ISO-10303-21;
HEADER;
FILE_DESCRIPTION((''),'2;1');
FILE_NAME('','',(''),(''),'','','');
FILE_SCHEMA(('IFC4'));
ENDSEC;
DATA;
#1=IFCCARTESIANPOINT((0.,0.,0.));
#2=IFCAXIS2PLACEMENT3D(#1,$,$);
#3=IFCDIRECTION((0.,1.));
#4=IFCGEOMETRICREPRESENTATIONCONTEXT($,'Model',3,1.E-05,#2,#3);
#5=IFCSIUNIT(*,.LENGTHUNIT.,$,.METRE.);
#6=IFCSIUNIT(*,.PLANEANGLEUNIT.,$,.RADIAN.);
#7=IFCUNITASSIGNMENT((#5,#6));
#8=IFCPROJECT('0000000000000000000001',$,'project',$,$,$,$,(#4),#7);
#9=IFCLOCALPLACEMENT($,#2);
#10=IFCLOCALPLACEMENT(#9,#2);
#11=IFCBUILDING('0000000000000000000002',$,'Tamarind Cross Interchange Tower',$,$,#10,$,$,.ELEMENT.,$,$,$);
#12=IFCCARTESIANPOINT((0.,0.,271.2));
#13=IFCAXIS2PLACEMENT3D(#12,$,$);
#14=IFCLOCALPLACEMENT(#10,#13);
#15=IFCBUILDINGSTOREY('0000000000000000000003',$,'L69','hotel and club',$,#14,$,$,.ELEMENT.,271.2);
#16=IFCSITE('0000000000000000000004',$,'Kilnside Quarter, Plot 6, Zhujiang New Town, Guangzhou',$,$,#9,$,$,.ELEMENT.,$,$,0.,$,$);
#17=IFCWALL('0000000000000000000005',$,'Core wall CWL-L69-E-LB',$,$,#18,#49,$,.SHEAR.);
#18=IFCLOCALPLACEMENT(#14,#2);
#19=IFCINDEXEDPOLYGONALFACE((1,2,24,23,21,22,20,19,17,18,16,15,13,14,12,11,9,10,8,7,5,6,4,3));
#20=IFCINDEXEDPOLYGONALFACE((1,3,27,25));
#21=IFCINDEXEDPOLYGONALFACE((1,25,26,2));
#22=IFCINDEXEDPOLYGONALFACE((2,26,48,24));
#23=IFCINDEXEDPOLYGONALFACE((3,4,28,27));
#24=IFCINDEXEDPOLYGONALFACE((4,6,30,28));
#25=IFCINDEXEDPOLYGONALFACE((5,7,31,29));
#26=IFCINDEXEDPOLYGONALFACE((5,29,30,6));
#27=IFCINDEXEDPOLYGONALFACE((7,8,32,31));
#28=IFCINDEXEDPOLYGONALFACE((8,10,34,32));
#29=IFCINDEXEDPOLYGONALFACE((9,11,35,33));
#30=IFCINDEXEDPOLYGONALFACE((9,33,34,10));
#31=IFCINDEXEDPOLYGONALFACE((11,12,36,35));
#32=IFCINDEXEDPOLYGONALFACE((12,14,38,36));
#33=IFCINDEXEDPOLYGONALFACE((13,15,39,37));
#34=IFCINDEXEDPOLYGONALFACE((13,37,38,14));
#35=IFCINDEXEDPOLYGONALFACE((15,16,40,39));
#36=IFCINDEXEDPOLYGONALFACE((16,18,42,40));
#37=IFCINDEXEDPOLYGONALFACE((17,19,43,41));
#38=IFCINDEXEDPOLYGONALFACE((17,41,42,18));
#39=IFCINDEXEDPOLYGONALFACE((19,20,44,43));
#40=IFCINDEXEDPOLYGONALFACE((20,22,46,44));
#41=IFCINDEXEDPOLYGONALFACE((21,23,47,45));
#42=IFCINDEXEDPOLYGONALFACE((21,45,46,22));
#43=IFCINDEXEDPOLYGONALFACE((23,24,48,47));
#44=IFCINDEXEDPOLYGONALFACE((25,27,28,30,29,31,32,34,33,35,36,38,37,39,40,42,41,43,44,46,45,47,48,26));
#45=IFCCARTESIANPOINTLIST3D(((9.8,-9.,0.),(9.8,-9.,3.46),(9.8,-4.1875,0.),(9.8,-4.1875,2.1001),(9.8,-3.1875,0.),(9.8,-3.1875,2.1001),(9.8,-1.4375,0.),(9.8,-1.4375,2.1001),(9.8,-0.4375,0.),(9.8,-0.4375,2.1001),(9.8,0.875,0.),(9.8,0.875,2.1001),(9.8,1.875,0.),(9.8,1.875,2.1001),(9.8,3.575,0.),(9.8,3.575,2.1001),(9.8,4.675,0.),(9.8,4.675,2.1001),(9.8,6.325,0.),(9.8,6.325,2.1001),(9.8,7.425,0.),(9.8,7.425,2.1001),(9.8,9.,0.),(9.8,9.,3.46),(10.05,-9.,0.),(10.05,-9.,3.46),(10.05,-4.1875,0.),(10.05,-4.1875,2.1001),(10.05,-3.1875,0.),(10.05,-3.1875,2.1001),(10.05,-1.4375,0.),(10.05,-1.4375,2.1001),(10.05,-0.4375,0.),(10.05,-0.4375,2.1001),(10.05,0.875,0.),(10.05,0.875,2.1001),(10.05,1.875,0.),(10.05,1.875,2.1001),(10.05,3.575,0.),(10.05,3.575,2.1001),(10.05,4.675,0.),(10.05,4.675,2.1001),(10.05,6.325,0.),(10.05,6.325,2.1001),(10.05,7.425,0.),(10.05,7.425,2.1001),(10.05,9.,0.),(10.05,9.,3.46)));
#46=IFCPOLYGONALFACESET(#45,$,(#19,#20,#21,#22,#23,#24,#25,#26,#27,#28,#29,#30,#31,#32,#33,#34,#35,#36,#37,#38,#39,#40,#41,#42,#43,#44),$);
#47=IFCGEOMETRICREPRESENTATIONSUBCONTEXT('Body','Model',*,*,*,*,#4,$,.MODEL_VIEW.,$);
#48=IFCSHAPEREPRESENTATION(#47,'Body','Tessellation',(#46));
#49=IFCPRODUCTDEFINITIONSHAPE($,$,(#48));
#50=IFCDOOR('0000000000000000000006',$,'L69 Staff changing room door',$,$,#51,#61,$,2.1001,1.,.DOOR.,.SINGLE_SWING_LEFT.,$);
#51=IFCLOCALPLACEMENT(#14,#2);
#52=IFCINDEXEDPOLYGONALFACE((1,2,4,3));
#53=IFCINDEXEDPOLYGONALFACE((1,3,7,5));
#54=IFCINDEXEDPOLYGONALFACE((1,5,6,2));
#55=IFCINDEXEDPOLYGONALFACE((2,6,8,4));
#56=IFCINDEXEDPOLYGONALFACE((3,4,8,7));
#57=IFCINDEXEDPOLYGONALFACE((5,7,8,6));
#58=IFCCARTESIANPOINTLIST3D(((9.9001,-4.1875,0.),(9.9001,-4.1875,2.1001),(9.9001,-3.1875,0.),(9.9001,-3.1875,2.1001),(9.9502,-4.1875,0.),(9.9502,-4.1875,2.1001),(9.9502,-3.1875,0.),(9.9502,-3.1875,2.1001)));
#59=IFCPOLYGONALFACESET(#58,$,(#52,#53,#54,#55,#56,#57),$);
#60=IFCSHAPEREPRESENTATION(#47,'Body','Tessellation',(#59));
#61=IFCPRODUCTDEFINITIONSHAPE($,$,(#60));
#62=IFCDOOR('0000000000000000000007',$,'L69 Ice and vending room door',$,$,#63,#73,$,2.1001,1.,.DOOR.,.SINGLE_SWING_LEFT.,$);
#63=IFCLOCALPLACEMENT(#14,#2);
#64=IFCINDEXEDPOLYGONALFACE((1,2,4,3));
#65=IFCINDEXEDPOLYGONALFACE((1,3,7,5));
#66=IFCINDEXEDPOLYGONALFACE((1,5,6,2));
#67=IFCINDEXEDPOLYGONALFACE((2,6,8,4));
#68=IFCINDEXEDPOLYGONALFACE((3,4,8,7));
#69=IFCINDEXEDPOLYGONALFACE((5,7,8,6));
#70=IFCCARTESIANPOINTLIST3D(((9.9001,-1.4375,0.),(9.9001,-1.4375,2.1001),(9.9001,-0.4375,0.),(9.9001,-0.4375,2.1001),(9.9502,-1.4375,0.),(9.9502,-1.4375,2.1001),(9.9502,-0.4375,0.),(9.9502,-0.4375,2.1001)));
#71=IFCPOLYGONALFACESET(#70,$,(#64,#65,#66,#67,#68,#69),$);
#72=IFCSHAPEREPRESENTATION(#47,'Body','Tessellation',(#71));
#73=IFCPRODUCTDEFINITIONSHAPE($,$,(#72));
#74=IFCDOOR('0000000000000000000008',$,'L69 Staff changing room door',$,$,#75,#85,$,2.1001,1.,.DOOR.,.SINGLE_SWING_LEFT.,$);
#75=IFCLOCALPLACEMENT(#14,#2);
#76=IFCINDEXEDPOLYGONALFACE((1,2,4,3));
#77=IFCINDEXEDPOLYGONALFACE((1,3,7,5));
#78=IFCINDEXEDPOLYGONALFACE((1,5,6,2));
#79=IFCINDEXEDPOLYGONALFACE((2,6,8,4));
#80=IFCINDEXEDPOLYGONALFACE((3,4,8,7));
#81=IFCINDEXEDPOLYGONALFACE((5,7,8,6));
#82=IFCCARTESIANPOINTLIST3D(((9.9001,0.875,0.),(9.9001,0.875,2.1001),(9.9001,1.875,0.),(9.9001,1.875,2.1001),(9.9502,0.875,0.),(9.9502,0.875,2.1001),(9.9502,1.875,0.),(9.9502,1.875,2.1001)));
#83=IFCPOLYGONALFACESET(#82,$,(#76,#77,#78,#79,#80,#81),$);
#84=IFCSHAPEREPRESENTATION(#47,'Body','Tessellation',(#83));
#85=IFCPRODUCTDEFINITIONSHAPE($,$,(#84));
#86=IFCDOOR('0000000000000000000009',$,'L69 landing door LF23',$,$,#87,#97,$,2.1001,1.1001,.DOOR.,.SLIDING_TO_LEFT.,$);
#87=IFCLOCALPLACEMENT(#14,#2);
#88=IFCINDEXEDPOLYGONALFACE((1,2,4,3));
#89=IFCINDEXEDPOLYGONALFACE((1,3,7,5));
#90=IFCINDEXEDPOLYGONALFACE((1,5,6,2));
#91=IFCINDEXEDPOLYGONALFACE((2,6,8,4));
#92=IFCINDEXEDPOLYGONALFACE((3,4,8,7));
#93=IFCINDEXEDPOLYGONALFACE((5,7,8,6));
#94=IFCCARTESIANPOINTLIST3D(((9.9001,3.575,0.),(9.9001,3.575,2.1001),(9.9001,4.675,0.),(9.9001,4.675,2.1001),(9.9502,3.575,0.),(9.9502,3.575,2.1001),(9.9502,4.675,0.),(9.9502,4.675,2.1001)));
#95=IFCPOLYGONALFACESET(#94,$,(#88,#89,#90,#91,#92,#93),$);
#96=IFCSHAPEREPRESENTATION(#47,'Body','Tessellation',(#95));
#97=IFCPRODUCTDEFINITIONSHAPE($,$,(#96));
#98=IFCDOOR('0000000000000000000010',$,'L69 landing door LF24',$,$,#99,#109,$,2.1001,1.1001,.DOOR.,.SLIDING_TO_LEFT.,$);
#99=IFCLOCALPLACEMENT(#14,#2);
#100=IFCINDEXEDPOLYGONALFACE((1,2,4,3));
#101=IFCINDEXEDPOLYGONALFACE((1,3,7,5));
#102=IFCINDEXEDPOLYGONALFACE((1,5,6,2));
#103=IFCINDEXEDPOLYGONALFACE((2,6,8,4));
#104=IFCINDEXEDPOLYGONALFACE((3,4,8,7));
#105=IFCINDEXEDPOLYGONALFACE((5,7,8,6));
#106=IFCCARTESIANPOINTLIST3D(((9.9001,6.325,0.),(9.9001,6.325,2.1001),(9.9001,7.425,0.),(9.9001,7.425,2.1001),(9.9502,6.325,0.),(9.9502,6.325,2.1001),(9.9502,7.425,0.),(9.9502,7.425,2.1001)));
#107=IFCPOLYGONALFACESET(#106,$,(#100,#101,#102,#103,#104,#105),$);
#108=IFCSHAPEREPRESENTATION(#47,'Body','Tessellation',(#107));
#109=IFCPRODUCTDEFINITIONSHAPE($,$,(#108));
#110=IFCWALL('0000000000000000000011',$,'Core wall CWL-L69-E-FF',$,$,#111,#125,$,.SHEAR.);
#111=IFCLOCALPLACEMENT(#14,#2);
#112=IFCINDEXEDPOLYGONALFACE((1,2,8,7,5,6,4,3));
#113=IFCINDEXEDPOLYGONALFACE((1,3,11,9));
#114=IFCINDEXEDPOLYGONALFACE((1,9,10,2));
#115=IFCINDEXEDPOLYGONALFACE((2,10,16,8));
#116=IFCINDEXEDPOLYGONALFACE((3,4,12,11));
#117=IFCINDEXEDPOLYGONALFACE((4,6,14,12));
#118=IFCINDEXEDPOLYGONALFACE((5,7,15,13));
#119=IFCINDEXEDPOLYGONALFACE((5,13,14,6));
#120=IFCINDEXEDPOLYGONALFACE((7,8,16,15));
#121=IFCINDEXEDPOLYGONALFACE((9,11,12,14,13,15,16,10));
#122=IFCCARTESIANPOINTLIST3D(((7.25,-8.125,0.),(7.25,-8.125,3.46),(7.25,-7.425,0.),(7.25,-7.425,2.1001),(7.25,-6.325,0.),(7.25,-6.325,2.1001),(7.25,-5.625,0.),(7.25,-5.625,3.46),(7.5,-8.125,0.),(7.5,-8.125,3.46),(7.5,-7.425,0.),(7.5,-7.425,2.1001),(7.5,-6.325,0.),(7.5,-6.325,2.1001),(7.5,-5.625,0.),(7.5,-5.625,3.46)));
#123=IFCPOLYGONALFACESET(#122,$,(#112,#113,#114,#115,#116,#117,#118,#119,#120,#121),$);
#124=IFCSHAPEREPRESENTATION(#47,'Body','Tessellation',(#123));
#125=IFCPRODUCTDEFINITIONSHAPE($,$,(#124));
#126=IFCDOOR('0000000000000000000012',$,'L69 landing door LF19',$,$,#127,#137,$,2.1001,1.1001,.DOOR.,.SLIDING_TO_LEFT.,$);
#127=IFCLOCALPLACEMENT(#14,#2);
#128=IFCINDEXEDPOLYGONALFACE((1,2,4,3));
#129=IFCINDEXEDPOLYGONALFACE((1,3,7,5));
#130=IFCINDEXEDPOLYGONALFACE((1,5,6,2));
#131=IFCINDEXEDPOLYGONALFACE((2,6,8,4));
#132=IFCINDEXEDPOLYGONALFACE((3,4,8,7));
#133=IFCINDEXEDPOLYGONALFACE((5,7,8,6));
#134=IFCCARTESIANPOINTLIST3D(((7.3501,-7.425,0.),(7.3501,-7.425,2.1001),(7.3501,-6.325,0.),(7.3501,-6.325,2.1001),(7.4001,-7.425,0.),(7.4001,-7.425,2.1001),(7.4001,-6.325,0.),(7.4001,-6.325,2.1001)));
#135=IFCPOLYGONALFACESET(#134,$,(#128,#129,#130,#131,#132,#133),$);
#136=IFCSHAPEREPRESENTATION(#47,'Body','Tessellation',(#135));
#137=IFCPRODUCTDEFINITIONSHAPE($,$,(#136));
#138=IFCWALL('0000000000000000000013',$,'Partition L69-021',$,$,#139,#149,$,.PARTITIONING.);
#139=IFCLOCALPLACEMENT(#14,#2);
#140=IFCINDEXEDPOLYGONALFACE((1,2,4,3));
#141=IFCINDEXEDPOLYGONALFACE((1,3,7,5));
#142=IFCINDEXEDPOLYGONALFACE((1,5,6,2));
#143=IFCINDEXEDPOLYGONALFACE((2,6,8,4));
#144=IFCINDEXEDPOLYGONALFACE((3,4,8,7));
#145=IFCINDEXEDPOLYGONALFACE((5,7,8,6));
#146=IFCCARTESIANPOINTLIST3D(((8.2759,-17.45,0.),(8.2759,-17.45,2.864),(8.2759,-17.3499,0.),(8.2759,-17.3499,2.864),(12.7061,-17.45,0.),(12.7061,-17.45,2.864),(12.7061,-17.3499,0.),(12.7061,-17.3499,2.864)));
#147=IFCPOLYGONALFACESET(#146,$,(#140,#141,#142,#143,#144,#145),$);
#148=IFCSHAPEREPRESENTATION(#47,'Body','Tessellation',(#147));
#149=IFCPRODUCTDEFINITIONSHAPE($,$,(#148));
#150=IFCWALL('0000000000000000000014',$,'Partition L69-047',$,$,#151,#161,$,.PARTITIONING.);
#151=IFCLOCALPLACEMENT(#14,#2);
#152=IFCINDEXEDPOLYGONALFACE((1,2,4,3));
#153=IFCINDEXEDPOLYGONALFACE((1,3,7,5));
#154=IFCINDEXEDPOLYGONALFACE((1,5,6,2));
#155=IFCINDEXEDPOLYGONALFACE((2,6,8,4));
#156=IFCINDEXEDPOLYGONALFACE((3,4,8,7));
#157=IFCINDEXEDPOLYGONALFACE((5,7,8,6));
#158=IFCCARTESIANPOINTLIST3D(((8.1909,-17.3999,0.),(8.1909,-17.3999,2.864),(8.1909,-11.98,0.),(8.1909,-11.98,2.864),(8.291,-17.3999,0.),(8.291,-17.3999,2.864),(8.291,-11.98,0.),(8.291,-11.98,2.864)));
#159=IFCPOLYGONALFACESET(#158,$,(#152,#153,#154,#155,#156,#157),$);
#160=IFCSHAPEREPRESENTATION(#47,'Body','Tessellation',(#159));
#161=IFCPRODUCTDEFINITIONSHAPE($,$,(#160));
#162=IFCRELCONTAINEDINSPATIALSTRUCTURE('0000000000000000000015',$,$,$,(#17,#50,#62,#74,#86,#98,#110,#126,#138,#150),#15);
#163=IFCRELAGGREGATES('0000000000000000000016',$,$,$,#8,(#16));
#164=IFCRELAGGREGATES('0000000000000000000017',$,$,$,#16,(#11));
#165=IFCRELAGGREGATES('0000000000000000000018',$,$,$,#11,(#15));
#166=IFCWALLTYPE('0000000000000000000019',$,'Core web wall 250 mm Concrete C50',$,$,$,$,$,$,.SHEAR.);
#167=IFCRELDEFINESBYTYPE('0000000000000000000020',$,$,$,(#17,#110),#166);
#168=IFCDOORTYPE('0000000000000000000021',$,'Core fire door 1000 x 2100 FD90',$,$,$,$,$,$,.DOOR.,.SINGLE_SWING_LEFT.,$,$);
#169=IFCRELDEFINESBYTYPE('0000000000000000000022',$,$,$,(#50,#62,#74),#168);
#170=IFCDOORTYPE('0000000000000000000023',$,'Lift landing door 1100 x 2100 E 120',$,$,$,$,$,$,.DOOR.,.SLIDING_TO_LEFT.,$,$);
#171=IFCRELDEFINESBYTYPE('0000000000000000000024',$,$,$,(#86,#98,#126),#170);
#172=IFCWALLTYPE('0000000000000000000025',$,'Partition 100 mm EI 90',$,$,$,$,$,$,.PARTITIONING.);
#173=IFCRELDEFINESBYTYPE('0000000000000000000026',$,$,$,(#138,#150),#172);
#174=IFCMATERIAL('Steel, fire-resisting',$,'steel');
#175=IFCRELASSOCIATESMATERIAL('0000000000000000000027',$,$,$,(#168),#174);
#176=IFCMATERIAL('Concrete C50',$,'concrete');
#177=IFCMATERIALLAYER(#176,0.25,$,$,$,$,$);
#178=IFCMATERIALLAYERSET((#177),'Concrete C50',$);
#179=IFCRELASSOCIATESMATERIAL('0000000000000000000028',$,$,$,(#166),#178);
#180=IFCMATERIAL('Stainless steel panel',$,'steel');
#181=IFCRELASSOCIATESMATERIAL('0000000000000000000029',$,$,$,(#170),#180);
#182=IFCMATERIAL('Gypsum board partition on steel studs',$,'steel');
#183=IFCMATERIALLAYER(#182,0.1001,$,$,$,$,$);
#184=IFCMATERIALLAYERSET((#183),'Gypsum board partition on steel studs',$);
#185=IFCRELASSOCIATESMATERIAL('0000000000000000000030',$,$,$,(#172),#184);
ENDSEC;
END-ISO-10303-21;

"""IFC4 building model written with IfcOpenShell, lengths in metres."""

from ifc_helpers import new_model, si_unit, direction, frame, frame_2d, origin, place, context, subcontext, project, spatial, rectangle, extrude, material, layer, layer_set, type_object, element, fill, save


model = new_model("IFC4")

# Units and contexts
model_context = context("Model", 3, precision=1e-05, world=origin(), true_north=direction((0.0, 1.0)))
body_context = subcontext(model_context, "Body", "Model", "MODEL_VIEW")
ifc_project = project(units=[si_unit("LENGTHUNIT", "METRE"), si_unit("PLANEANGLEUNIT", "RADIAN")], contexts=[model_context])

# Site, building, storey
site_placement = place(None, origin())
site = spatial("IfcSite", under=ifc_project, at=site_placement, Name="Kilnside Quarter, Plot 6, Zhujiang New Town, Guangzhou", CompositionType="ELEMENT", RefElevation=0.0)
building_placement = place(site_placement, origin())
building = spatial("IfcBuilding", under=site, at=building_placement, Name="Tamarind Cross Interchange Tower", CompositionType="ELEMENT")
storey_placement = place(building_placement, frame((0.0, 0.0, 271.2)))
storey = spatial("IfcBuildingStorey", under=building, at=storey_placement, Name="L69", Description="hotel and club", CompositionType="ELEMENT", Elevation=271.2)

# Shared definitions
ifc_material_1 = material(Name="Concrete C50", Category="concrete")
ifc_material_2 = material(Name="Steel, fire-resisting", Category="steel")
door_type_1 = type_object("IfcDoorType", Name="Core fire door 1000 x 2100 FD90", OperationType="SINGLE_SWING_LEFT", PredefinedType="DOOR", material=ifc_material_2)

# Shared definitions
ifc_layer_1 = layer(ifc_material_1, 0.25)
ifc_layer_set_1 = layer_set([ifc_layer_1], Name="Concrete C50")
wall_type_1 = type_object("IfcWallType", Name="Core web wall 250 mm Concrete C50", PredefinedType="SHEAR", material=ifc_layer_set_1)

# Wall, openings, doors
wall_1_placement = place(storey_placement, frame((9.925, -9.0, 0.0), z_axis=(0.0, 0.0, 1.0), x_axis=(0.0, 1.0, 0.0)))
wall_1 = element("IfcWall", 1, at=wall_1_placement, inside=storey, type_object=wall_type_1, Name="Core wall CWL-L69-E-LB", PredefinedType="SHEAR", context=body_context, shape_type="SweptSolid", body=[
    extrude(rectangle(XDim=18.0, YDim=0.25, at=frame_2d((9.0, 0.0))), origin(), (0.0, 0.0, 1.0), 3.46),
])
opening_1_placement = place(wall_1_placement, frame((12.575, 0.0, 0.0)))
opening_1 = element("IfcOpeningElement", 2, at=opening_1_placement, cuts=wall_1, PredefinedType="OPENING", context=body_context, shape_type="SweptSolid", body=[
    extrude(rectangle(XDim=1.1001, YDim=2.1001, at=frame_2d((0.55, 1.05))), frame((0.0, 0.135, 0.0), z_axis=(0.0, -1.0, 0.0), x_axis=(1.0, 0.0, 0.0)), (0.0, 0.0, 1.0), 0.27),
])
opening_2_placement = place(wall_1_placement, frame((15.325, 0.0, 0.0)))
opening_2 = element("IfcOpeningElement", 3, at=opening_2_placement, cuts=wall_1, PredefinedType="OPENING", context=body_context, shape_type="SweptSolid", body=[
    extrude(rectangle(XDim=1.1001, YDim=2.1001, at=frame_2d((0.55, 1.05))), frame((0.0, 0.135, 0.0), z_axis=(0.0, -1.0, 0.0), x_axis=(1.0, 0.0, 0.0)), (0.0, 0.0, 1.0), 0.27),
])
opening_3_placement = place(wall_1_placement, frame((4.8125, 0.0, 0.0)))
opening_3 = element("IfcOpeningElement", 4, at=opening_3_placement, cuts=wall_1, PredefinedType="OPENING", context=body_context, shape_type="SweptSolid", body=[
    extrude(rectangle(XDim=1.0, YDim=2.1001, at=frame_2d((0.5, 1.05))), frame((0.0, 0.135, 0.0), z_axis=(0.0, -1.0, 0.0), x_axis=(1.0, 0.0, 0.0)), (0.0, 0.0, 1.0), 0.27),
])
opening_4_placement = place(wall_1_placement, frame((7.5625, 0.0, 0.0)))
opening_4 = element("IfcOpeningElement", 5, at=opening_4_placement, cuts=wall_1, PredefinedType="OPENING", context=body_context, shape_type="SweptSolid", body=[
    extrude(rectangle(XDim=1.0, YDim=2.1001, at=frame_2d((0.5, 1.05))), frame((0.0, 0.135, 0.0), z_axis=(0.0, -1.0, 0.0), x_axis=(1.0, 0.0, 0.0)), (0.0, 0.0, 1.0), 0.27),
])
opening_5_placement = place(wall_1_placement, frame((9.875, 0.0, 0.0)))
opening_5 = element("IfcOpeningElement", 6, at=opening_5_placement, cuts=wall_1, PredefinedType="OPENING", context=body_context, shape_type="SweptSolid", body=[
    extrude(rectangle(XDim=1.0, YDim=2.1001, at=frame_2d((0.5, 1.05))), frame((0.0, 0.135, 0.0), z_axis=(0.0, -1.0, 0.0), x_axis=(1.0, 0.0, 0.0)), (0.0, 0.0, 1.0), 0.27),
])
door_1_placement = place(opening_3_placement, origin())
door_1 = element("IfcDoor", 7, at=door_1_placement, inside=storey, type_object=door_type_1, Name="L69 Staff changing room door", OperationType="SINGLE_SWING_LEFT", OverallHeight=2.1001, OverallWidth=1.0, PredefinedType="DOOR", context=body_context, shape_type="SweptSolid", body=[
    extrude(rectangle(XDim=1.0, YDim=2.1001, at=frame_2d((0.5, 1.05))), frame((0.0, 0.0249, 0.0), z_axis=(0.0, -1.0, 0.0), x_axis=(1.0, 0.0, 0.0)), (0.0, 0.0, 1.0), 0.05),
])
fill(opening_3, door_1)
door_2_placement = place(opening_4_placement, origin())
door_2 = element("IfcDoor", 8, at=door_2_placement, inside=storey, type_object=door_type_1, Name="L69 Ice and vending room door", OperationType="SINGLE_SWING_LEFT", OverallHeight=2.1001, OverallWidth=1.0, PredefinedType="DOOR", context=body_context, shape_type="SweptSolid", body=[
    extrude(rectangle(XDim=1.0, YDim=2.1001, at=frame_2d((0.5, 1.05))), frame((0.0, 0.0249, 0.0), z_axis=(0.0, -1.0, 0.0), x_axis=(1.0, 0.0, 0.0)), (0.0, 0.0, 1.0), 0.05),
])
fill(opening_4, door_2)
door_3_placement = place(opening_5_placement, origin())
door_3 = element("IfcDoor", 9, at=door_3_placement, inside=storey, type_object=door_type_1, Name="L69 Staff changing room door", OperationType="SINGLE_SWING_LEFT", OverallHeight=2.1001, OverallWidth=1.0, PredefinedType="DOOR", context=body_context, shape_type="SweptSolid", body=[
    extrude(rectangle(XDim=1.0, YDim=2.1001, at=frame_2d((0.5, 1.05))), frame((0.0, 0.0249, 0.0), z_axis=(0.0, -1.0, 0.0), x_axis=(1.0, 0.0, 0.0)), (0.0, 0.0, 1.0), 0.05),
])
fill(opening_5, door_3)
ifc_material_3 = material(Name="Stainless steel panel", Category="steel")
door_type_2 = type_object("IfcDoorType", Name="Lift landing door 1100 x 2100 E 120", OperationType="SLIDING_TO_LEFT", PredefinedType="DOOR", material=ifc_material_3)
door_4_placement = place(opening_1_placement, origin())
door_4 = element("IfcDoor", 10, at=door_4_placement, inside=storey, type_object=door_type_2, Name="L69 landing door LF23", OperationType="SLIDING_TO_LEFT", OverallHeight=2.1001, OverallWidth=1.1001, PredefinedType="DOOR", context=body_context, shape_type="SweptSolid", body=[
    extrude(rectangle(XDim=1.1001, YDim=2.1001, at=frame_2d((0.55, 1.05))), frame((0.0, 0.0249, 0.0), z_axis=(0.0, -1.0, 0.0), x_axis=(1.0, 0.0, 0.0)), (0.0, 0.0, 1.0), 0.05),
])
fill(opening_1, door_4)
door_5_placement = place(opening_2_placement, origin())
door_5 = element("IfcDoor", 11, at=door_5_placement, inside=storey, type_object=door_type_2, Name="L69 landing door LF24", OperationType="SLIDING_TO_LEFT", OverallHeight=2.1001, OverallWidth=1.1001, PredefinedType="DOOR", context=body_context, shape_type="SweptSolid", body=[
    extrude(rectangle(XDim=1.1001, YDim=2.1001, at=frame_2d((0.55, 1.05))), frame((0.0, 0.0249, 0.0), z_axis=(0.0, -1.0, 0.0), x_axis=(1.0, 0.0, 0.0)), (0.0, 0.0, 1.0), 0.05),
])
fill(opening_2, door_5)

# Wall, opening, door
wall_2_placement = place(storey_placement, frame((7.375, -8.125, 0.0), z_axis=(0.0, 0.0, 1.0), x_axis=(0.0, 1.0, 0.0)))
wall_2 = element("IfcWall", 12, at=wall_2_placement, inside=storey, type_object=wall_type_1, Name="Core wall CWL-L69-E-FF", PredefinedType="SHEAR", context=body_context, shape_type="SweptSolid", body=[
    extrude(rectangle(XDim=2.5, YDim=0.25, at=frame_2d((1.25, 0.0))), origin(), (0.0, 0.0, 1.0), 3.46),
])
opening_6_placement = place(wall_2_placement, frame((0.7, 0.0, 0.0)))
opening_6 = element("IfcOpeningElement", 13, at=opening_6_placement, cuts=wall_2, PredefinedType="OPENING", context=body_context, shape_type="SweptSolid", body=[
    extrude(rectangle(XDim=1.1001, YDim=2.1001, at=frame_2d((0.55, 1.05))), frame((0.0, 0.135, 0.0), z_axis=(0.0, -1.0, 0.0), x_axis=(1.0, 0.0, 0.0)), (0.0, 0.0, 1.0), 0.27),
])
door_6_placement = place(opening_6_placement, origin())
door_6 = element("IfcDoor", 14, at=door_6_placement, inside=storey, type_object=door_type_2, Name="L69 landing door LF19", OperationType="SLIDING_TO_LEFT", OverallHeight=2.1001, OverallWidth=1.1001, PredefinedType="DOOR", context=body_context, shape_type="SweptSolid", body=[
    extrude(rectangle(XDim=1.1001, YDim=2.1001, at=frame_2d((0.55, 1.05))), frame((0.0, 0.0249, 0.0), z_axis=(0.0, -1.0, 0.0), x_axis=(1.0, 0.0, 0.0)), (0.0, 0.0, 1.0), 0.05),
])
fill(opening_6, door_6)

# Walls
ifc_material_4 = material(Name="Gypsum board partition on steel studs", Category="steel")
ifc_layer_2 = layer(ifc_material_4, 0.1001)
ifc_layer_set_2 = layer_set([ifc_layer_2], Name="Gypsum board partition on steel studs")
wall_type_2 = type_object("IfcWallType", Name="Partition 100 mm EI 90", PredefinedType="PARTITIONING", material=ifc_layer_set_2)
wall_3_placement = place(storey_placement, frame((8.2759, -17.3999, 0.0), z_axis=(0.0, 0.0, 1.0), x_axis=(1.0, 0.0, 0.0)))
element("IfcWall", 15, at=wall_3_placement, inside=storey, type_object=wall_type_2, Name="Partition L69-021", PredefinedType="PARTITIONING", context=body_context, shape_type="SweptSolid", body=[
    extrude(rectangle(XDim=4.4302, YDim=0.1001, at=frame_2d((2.2151, 0.0))), origin(), (0.0, 0.0, 1.0), 2.864),
])
wall_4_placement = place(storey_placement, frame((8.241, -17.3999, 0.0), z_axis=(0.0, 0.0, 1.0), x_axis=(0.0, 1.0, 0.0)))
element("IfcWall", 16, at=wall_4_placement, inside=storey, type_object=wall_type_2, Name="Partition L69-047", PredefinedType="PARTITIONING", context=body_context, shape_type="SweptSolid", body=[
    extrude(rectangle(XDim=5.4199, YDim=0.1001, at=frame_2d((2.71, 0.0))), origin(), (0.0, 0.0, 1.0), 2.864),
])

save(model, "model.ifc")
